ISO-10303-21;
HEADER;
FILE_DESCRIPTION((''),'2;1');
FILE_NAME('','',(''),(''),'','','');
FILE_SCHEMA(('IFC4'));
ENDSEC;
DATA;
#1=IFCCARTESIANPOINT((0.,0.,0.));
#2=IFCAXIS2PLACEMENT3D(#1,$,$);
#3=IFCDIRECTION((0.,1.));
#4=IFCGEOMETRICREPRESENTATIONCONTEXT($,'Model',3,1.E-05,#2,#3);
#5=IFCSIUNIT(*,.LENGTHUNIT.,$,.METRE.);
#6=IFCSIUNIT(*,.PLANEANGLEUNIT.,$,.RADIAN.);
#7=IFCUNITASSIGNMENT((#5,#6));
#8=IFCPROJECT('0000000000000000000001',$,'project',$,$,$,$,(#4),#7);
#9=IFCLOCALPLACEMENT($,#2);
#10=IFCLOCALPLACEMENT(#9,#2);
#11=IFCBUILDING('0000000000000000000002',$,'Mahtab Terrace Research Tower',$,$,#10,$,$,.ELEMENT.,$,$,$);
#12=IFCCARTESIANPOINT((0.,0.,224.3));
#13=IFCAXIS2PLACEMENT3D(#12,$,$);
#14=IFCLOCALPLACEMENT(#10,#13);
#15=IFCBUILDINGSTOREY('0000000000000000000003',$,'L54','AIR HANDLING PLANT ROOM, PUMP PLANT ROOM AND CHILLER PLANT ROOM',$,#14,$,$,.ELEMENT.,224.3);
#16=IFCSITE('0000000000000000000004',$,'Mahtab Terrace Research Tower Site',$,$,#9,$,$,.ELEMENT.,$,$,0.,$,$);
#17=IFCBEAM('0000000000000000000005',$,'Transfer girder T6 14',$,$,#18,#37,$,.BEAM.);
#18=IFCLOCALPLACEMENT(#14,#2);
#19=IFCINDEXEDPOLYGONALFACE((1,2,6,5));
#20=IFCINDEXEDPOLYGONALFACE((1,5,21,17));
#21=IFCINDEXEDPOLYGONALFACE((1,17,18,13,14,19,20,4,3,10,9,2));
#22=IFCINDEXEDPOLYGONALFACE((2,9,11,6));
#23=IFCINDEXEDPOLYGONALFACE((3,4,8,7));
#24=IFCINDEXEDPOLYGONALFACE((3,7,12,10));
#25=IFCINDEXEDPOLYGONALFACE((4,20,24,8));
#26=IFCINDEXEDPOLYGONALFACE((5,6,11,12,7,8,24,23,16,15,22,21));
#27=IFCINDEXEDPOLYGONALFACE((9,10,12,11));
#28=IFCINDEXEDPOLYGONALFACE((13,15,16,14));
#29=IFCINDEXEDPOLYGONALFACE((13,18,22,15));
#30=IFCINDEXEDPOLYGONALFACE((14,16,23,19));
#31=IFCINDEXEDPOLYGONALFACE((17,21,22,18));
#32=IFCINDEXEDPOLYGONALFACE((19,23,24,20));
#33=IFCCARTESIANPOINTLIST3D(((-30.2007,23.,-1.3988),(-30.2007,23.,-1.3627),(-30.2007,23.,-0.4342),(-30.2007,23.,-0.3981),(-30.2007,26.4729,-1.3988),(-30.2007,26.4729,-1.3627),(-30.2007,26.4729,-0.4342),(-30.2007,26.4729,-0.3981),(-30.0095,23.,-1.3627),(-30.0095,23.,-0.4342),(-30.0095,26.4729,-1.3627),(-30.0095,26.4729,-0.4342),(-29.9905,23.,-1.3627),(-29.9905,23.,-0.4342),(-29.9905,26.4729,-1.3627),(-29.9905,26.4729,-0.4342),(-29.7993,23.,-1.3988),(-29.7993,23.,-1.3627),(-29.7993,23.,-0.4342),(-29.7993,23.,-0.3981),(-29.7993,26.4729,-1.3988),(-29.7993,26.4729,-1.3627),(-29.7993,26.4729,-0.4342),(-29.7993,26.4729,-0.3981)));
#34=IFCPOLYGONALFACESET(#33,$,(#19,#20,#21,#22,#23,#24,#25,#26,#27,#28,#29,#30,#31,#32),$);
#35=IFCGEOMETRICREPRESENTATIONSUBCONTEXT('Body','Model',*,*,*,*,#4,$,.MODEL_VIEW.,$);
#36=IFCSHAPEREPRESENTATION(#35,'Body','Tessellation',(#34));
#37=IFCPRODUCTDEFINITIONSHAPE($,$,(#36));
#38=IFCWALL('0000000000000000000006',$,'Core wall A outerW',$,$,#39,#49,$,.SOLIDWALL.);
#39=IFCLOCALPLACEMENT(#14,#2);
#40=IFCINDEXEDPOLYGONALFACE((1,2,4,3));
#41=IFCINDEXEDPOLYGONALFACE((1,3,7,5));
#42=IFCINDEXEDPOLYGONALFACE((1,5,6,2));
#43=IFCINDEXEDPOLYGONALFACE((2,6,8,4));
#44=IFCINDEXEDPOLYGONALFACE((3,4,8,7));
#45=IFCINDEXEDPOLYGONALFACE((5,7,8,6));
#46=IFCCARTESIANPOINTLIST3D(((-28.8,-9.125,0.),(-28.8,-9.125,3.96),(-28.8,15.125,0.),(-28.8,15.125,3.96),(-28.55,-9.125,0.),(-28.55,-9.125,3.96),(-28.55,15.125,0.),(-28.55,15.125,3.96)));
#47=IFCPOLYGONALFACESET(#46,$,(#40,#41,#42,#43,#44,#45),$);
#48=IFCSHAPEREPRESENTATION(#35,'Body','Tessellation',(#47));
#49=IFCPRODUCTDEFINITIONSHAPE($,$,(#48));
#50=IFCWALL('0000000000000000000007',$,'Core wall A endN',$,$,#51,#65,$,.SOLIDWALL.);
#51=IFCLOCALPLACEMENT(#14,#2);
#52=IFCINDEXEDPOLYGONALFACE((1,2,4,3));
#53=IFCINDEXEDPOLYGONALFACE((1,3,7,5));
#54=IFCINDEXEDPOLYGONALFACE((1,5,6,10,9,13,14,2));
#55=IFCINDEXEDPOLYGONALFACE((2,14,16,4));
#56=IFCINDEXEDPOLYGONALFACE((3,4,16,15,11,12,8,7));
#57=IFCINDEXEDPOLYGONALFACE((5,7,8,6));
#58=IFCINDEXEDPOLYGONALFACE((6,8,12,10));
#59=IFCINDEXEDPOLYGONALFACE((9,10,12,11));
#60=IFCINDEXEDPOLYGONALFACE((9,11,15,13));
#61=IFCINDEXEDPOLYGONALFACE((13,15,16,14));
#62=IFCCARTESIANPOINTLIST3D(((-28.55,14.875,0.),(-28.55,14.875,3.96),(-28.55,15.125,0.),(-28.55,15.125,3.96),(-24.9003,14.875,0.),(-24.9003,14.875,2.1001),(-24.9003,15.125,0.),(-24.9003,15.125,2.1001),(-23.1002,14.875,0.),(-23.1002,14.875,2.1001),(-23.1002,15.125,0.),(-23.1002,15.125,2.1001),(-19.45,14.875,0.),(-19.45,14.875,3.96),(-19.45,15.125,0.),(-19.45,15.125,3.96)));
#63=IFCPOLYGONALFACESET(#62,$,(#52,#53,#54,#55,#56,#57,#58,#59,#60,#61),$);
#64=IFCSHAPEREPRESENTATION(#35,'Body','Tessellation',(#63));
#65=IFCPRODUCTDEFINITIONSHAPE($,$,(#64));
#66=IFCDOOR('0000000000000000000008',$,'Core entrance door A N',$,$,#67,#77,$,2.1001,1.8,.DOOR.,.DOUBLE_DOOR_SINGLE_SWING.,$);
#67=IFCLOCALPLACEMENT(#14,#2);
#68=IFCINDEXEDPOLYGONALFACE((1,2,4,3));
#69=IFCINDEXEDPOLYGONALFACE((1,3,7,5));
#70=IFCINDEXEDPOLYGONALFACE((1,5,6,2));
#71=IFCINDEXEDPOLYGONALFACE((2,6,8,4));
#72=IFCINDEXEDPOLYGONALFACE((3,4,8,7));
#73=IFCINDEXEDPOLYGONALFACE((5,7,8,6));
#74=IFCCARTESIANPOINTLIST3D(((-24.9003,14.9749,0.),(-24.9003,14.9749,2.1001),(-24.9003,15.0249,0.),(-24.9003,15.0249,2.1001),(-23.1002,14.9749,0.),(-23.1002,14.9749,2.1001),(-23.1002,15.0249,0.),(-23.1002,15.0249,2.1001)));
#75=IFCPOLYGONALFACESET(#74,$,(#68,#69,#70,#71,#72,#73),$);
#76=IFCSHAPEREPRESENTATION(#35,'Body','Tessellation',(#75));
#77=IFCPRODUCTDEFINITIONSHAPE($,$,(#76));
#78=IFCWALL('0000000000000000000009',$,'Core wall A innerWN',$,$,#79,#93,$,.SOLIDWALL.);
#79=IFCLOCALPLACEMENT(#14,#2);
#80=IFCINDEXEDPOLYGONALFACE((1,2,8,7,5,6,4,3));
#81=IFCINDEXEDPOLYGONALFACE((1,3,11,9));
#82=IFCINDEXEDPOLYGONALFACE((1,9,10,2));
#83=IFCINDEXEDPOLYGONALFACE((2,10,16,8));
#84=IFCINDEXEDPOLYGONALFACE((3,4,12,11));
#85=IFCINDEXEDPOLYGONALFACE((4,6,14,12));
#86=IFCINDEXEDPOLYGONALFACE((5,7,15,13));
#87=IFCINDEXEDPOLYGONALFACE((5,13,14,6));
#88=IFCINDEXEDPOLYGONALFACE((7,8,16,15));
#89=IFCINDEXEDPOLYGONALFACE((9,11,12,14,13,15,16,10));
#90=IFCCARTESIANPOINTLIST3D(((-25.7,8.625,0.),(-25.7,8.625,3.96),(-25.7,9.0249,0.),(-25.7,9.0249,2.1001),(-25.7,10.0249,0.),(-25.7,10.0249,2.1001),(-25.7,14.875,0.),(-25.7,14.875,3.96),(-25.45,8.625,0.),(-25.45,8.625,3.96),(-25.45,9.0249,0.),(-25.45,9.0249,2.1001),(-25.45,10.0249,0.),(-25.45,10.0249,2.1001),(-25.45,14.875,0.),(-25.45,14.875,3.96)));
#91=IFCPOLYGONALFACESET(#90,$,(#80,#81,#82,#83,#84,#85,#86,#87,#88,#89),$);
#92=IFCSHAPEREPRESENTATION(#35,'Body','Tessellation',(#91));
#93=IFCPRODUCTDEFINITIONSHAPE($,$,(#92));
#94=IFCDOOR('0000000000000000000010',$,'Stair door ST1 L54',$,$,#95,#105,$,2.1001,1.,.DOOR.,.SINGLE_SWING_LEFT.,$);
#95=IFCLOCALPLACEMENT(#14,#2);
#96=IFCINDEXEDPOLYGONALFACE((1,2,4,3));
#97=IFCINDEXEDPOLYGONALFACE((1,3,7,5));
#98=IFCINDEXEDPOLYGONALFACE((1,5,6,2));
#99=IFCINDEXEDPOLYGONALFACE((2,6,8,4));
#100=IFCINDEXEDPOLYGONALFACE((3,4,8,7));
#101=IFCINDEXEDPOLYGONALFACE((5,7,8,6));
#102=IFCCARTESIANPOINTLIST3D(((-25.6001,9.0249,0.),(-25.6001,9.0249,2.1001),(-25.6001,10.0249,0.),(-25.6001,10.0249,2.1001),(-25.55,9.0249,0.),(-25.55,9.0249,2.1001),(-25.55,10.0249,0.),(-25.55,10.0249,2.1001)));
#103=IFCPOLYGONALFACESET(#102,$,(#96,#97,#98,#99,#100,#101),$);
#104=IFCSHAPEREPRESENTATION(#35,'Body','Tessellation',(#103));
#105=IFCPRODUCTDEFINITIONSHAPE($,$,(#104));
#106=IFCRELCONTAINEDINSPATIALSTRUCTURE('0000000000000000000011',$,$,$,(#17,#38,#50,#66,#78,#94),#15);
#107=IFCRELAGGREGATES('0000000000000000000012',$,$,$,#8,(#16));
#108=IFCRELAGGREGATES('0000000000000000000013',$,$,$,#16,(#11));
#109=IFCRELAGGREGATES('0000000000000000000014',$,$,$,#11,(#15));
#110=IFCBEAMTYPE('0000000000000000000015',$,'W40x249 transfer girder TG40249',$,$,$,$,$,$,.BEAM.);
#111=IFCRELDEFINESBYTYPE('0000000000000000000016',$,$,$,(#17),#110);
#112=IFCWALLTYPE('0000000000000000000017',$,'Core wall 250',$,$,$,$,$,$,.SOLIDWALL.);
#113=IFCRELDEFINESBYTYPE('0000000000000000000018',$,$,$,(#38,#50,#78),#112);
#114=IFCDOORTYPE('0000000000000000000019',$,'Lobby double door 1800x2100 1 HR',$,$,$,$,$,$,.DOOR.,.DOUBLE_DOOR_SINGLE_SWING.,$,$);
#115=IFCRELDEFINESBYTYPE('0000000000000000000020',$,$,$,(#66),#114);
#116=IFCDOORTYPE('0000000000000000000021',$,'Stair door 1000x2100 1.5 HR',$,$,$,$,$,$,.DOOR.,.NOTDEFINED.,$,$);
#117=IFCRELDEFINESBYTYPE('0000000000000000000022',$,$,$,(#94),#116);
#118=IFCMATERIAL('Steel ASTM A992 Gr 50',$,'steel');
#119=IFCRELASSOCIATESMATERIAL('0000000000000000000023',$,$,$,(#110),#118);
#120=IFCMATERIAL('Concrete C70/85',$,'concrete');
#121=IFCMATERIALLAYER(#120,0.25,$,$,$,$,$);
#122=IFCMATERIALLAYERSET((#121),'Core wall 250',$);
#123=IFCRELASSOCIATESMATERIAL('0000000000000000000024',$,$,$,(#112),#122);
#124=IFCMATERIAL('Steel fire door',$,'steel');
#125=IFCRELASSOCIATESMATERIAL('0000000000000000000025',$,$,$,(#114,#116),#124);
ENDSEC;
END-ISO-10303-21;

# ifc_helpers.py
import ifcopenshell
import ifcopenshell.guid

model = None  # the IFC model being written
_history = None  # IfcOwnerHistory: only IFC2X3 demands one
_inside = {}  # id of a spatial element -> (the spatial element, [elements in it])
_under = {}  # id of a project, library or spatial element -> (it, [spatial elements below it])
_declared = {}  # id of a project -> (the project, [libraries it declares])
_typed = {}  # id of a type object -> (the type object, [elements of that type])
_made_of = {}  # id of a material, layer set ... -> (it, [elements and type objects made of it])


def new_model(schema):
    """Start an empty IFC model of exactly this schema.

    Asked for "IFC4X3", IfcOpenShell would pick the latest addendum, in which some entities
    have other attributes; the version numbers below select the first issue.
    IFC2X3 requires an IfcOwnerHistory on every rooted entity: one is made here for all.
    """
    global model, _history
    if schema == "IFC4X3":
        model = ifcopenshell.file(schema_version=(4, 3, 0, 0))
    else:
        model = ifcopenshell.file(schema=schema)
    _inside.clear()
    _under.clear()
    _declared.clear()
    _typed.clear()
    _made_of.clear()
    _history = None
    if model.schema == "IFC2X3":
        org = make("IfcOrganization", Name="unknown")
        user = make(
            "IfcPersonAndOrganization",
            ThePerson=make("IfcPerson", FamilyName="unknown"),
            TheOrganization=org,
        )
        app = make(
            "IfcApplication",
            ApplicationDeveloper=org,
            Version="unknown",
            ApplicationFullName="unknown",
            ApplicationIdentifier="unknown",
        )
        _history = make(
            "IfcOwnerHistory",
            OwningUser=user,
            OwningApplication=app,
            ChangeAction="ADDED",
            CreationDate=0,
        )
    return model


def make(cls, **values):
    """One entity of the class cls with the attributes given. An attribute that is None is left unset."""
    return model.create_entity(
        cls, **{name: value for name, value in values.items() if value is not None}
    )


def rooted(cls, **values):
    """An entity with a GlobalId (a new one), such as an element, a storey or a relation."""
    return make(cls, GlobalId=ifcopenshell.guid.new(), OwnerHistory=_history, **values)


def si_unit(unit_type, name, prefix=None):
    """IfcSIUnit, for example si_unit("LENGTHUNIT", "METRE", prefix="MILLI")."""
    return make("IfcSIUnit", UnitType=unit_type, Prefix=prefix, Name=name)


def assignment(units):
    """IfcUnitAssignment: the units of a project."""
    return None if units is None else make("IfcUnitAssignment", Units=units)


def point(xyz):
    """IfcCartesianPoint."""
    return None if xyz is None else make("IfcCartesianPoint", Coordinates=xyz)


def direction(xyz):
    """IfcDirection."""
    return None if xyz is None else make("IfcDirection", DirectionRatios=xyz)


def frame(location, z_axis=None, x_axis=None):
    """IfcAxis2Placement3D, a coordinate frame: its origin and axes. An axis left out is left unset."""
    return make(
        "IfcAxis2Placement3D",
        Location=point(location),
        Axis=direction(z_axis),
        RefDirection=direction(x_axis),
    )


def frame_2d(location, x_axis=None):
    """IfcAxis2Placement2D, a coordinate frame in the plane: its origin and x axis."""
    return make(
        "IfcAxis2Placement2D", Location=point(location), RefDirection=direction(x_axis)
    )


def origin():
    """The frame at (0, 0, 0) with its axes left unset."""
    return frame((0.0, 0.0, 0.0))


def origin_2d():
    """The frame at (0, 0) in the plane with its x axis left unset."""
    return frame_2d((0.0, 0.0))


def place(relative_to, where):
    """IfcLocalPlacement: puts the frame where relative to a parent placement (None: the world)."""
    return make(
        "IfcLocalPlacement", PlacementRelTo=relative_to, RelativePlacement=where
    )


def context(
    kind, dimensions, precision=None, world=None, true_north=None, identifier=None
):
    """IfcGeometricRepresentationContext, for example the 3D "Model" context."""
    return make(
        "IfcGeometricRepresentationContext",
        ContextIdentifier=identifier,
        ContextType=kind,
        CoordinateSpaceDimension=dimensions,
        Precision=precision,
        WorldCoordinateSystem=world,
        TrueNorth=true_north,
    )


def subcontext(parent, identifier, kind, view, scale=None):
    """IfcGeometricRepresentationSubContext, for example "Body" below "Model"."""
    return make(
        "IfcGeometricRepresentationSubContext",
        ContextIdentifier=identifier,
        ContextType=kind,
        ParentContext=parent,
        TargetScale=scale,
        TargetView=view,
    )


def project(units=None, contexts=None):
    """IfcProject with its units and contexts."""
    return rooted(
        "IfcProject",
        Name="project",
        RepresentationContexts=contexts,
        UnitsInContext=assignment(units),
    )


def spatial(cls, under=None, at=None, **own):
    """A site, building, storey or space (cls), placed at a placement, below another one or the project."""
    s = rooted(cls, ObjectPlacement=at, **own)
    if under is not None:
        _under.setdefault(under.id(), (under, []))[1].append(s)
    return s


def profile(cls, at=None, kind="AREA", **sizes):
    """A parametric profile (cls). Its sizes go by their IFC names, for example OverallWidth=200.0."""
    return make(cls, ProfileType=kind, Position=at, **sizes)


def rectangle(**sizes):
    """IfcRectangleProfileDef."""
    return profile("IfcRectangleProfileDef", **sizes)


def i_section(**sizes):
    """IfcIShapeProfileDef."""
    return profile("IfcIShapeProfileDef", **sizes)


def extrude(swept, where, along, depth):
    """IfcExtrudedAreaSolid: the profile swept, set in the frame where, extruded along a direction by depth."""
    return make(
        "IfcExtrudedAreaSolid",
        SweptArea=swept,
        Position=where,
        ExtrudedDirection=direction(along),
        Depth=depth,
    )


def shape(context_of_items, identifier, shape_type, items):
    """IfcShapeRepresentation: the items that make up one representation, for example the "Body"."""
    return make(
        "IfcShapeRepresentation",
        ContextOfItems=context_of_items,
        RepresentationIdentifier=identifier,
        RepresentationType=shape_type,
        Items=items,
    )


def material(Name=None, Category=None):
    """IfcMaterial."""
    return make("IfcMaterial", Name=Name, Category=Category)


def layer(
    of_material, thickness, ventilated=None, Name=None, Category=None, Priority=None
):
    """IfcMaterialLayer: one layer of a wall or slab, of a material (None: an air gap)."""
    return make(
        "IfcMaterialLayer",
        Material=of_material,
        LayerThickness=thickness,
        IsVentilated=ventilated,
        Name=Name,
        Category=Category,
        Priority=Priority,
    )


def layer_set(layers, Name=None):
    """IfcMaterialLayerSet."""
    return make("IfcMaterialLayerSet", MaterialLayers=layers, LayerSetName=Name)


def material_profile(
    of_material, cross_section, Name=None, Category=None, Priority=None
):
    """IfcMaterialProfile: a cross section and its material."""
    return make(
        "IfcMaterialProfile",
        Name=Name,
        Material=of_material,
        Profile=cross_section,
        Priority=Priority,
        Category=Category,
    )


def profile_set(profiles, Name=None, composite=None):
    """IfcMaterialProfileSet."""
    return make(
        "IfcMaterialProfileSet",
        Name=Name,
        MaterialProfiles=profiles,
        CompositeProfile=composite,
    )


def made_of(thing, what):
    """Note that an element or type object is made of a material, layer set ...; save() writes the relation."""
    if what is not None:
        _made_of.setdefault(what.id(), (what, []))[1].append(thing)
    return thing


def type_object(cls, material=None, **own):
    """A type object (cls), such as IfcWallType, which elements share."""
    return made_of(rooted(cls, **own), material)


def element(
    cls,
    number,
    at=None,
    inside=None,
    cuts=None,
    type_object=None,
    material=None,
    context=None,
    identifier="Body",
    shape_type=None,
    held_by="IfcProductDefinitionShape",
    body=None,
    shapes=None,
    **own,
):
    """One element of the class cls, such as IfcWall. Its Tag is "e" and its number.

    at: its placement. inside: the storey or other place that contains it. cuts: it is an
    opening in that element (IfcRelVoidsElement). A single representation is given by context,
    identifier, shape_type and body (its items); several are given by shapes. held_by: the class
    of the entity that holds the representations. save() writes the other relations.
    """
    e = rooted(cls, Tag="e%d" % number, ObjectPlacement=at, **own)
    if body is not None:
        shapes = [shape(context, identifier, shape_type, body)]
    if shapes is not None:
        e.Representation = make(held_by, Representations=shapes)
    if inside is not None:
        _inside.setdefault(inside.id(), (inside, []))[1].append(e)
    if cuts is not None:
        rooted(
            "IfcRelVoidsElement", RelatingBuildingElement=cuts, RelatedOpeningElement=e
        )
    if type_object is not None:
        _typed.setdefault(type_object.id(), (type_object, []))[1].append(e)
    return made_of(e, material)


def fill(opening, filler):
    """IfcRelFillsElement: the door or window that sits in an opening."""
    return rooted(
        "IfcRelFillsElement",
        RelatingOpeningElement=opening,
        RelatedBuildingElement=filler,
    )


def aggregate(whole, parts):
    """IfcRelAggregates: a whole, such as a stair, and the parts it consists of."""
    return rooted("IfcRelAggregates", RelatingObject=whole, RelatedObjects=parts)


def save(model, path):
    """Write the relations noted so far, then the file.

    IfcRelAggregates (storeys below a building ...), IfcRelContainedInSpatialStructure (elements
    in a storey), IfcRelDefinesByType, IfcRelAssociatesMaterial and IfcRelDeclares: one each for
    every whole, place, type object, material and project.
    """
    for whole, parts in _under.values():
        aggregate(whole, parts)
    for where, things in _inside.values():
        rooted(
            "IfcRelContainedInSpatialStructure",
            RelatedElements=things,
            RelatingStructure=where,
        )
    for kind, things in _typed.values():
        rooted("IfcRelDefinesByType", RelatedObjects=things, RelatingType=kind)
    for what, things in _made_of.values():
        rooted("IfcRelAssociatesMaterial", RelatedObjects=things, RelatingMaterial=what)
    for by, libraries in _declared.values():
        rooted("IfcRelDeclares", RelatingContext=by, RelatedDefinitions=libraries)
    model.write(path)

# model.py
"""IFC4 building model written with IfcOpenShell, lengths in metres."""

from ifc_helpers import new_model, si_unit, direction, frame, frame_2d, origin, origin_2d, place, context, subcontext, project, spatial, rectangle, i_section, extrude, material, layer, layer_set, material_profile, profile_set, type_object, element, fill, save


model = new_model("IFC4")

# Units and contexts
model_context = context("Model", 3, precision=1e-05, world=origin(), true_north=direction((0.0, 1.0)))
body_context = subcontext(model_context, "Body", "Model", "MODEL_VIEW")
ifc_project = project(units=[si_unit("LENGTHUNIT", "METRE"), si_unit("PLANEANGLEUNIT", "RADIAN")], contexts=[model_context])

# Site, building, storey
site_placement = place(None, origin())
site = spatial("IfcSite", under=ifc_project, at=site_placement, Name="Mahtab Terrace Research Tower Site", CompositionType="ELEMENT", RefElevation=0.0)
building_placement = place(site_placement, origin())
building = spatial("IfcBuilding", under=site, at=building_placement, Name="Mahtab Terrace Research Tower", CompositionType="ELEMENT")
storey_placement = place(building_placement, frame((0.0, 0.0, 224.3)))
storey = spatial("IfcBuildingStorey", under=building, at=storey_placement, Name="L54", Description="AIR HANDLING PLANT ROOM, PUMP PLANT ROOM AND CHILLER PLANT ROOM", CompositionType="ELEMENT", Elevation=224.3)

# Shared definitions
ifc_material_1 = material(Name="Steel ASTM A992 Gr 50", Category="steel")

# Beam
ifc_material_profile_1 = material_profile(ifc_material_1, i_section(OverallWidth=0.4014, OverallDepth=1.0007, WebThickness=0.019, FlangeThickness=0.0361, at=origin_2d()), Name="W40X249")
ifc_profile_set_1 = profile_set([ifc_material_profile_1], Name="Steel ASTM A992 Gr 50")
beam_type = type_object("IfcBeamType", Name="W40x249 transfer girder TG40249", PredefinedType="BEAM", material=ifc_profile_set_1)
beam_placement = place(storey_placement, frame((-30.0, 23.0, -0.8984), z_axis=(0.0, 1.0, 0.0), x_axis=(-1.0, 0.0, 0.0)))
element("IfcBeam", 1, at=beam_placement, inside=storey, type_object=beam_type, Name="Transfer girder T6 14", PredefinedType="BEAM", context=body_context, shape_type="SweptSolid", body=[
    extrude(i_section(OverallWidth=0.4014, OverallDepth=1.0007, WebThickness=0.019, FlangeThickness=0.0361, at=origin_2d()), origin(), (0.0, 0.0, 1.0), 3.4729),
])

# Wall
ifc_material_2 = material(Name="Concrete C70/85", Category="concrete")
ifc_layer_1 = layer(ifc_material_2, 0.25)
ifc_layer_set_1 = layer_set([ifc_layer_1], Name="Core wall 250")
wall_type_1 = type_object("IfcWallType", Name="Core wall 250", PredefinedType="SOLIDWALL", material=ifc_layer_set_1)
wall_1_placement = place(storey_placement, frame((-28.675, 15.125, 0.0), z_axis=(0.0, 0.0, 1.0), x_axis=(0.0, -1.0, 0.0)))
element("IfcWall", 2, at=wall_1_placement, inside=storey, type_object=wall_type_1, Name="Core wall A outerW", PredefinedType="SOLIDWALL", context=body_context, shape_type="SweptSolid", body=[
    extrude(rectangle(XDim=24.25, YDim=0.25, at=frame_2d((12.125, 0.0))), origin(), (0.0, 0.0, 1.0), 3.96),
])

# Walls, openings, doors
wall_2_placement = place(storey_placement, frame((-28.55, 15.0, 0.0), z_axis=(0.0, 0.0, 1.0), x_axis=(1.0, 0.0, 0.0)))
wall_2 = element("IfcWall", 3, at=wall_2_placement, inside=storey, type_object=wall_type_1, Name="Core wall A endN", PredefinedType="SOLIDWALL", context=body_context, shape_type="SweptSolid", body=[
    extrude(rectangle(XDim=9.1001, YDim=0.25, at=frame_2d((4.55, 0.0))), origin(), (0.0, 0.0, 1.0), 3.96),
])
opening_1_placement = place(wall_2_placement, frame((3.6499, 0.0, 0.0)))
opening_1 = element("IfcOpeningElement", 4, at=opening_1_placement, cuts=wall_2, PredefinedType="OPENING", context=body_context, shape_type="SweptSolid", body=[
    extrude(rectangle(XDim=1.8, YDim=2.1001, at=frame_2d((0.8999, 1.05))), frame((0.0, 0.135, 0.0), z_axis=(0.0, -1.0, 0.0), x_axis=(1.0, 0.0, 0.0)), (0.0, 0.0, 1.0), 0.27),
])
ifc_material_3 = material(Name="Steel fire door", Category="steel")
door_type_1 = type_object("IfcDoorType", Name="Lobby double door 1800x2100 1 HR", OperationType="DOUBLE_DOOR_SINGLE_SWING", PredefinedType="DOOR", material=ifc_material_3)
door_1_placement = place(opening_1_placement, origin())
door_1 = element("IfcDoor", 5, at=door_1_placement, inside=storey, type_object=door_type_1, Name="Core entrance door A N", OperationType="DOUBLE_DOOR_SINGLE_SWING", OverallHeight=2.1001, OverallWidth=1.8, PredefinedType="DOOR", context=body_context, shape_type="SweptSolid", body=[
    extrude(rectangle(XDim=1.8, YDim=2.1001, at=frame_2d((0.8999, 1.05))), frame((0.0, 0.0249, 0.0), z_axis=(0.0, -1.0, 0.0), x_axis=(1.0, 0.0, 0.0)), (0.0, 0.0, 1.0), 0.05),
])
fill(opening_1, door_1)
wall_3_placement = place(storey_placement, frame((-25.575, 14.875, 0.0), z_axis=(0.0, 0.0, 1.0), x_axis=(0.0, -1.0, 0.0)))
wall_3 = element("IfcWall", 6, at=wall_3_placement, inside=storey, type_object=wall_type_1, Name="Core wall A innerWN", PredefinedType="SOLIDWALL", context=body_context, shape_type="SweptSolid", body=[
    extrude(rectangle(XDim=6.25, YDim=0.25, at=frame_2d((3.125, 0.0))), origin(), (0.0, 0.0, 1.0), 3.96),
])
opening_2_placement = place(wall_3_placement, frame((4.8501, 0.0, 0.0)))
opening_2 = element("IfcOpeningElement", 7, at=opening_2_placement, cuts=wall_3, PredefinedType="OPENING", context=body_context, shape_type="SweptSolid", body=[
    extrude(rectangle(XDim=1.0, YDim=2.1001, at=frame_2d((0.5, 1.05))), frame((0.0, 0.135, 0.0), z_axis=(0.0, -1.0, 0.0), x_axis=(1.0, 0.0, 0.0)), (0.0, 0.0, 1.0), 0.27),
])
door_type_2 = type_object("IfcDoorType", Name="Stair door 1000x2100 1.5 HR", OperationType="NOTDEFINED", PredefinedType="DOOR", material=ifc_material_3)
door_2_placement = place(opening_2_placement, origin())
door_2 = element("IfcDoor", 8, at=door_2_placement, inside=storey, type_object=door_type_2, Name="Stair door ST1 L54", OperationType="SINGLE_SWING_LEFT", OverallHeight=2.1001, OverallWidth=1.0, PredefinedType="DOOR", context=body_context, shape_type="SweptSolid", body=[
    extrude(rectangle(XDim=1.0, YDim=2.1001, at=frame_2d((0.5, 1.05))), frame((0.0, 0.0249, 0.0), z_axis=(0.0, -1.0, 0.0), x_axis=(1.0, 0.0, 0.0)), (0.0, 0.0, 1.0), 0.05),
])
fill(opening_2, door_2)

save(model, "model.ifc")
